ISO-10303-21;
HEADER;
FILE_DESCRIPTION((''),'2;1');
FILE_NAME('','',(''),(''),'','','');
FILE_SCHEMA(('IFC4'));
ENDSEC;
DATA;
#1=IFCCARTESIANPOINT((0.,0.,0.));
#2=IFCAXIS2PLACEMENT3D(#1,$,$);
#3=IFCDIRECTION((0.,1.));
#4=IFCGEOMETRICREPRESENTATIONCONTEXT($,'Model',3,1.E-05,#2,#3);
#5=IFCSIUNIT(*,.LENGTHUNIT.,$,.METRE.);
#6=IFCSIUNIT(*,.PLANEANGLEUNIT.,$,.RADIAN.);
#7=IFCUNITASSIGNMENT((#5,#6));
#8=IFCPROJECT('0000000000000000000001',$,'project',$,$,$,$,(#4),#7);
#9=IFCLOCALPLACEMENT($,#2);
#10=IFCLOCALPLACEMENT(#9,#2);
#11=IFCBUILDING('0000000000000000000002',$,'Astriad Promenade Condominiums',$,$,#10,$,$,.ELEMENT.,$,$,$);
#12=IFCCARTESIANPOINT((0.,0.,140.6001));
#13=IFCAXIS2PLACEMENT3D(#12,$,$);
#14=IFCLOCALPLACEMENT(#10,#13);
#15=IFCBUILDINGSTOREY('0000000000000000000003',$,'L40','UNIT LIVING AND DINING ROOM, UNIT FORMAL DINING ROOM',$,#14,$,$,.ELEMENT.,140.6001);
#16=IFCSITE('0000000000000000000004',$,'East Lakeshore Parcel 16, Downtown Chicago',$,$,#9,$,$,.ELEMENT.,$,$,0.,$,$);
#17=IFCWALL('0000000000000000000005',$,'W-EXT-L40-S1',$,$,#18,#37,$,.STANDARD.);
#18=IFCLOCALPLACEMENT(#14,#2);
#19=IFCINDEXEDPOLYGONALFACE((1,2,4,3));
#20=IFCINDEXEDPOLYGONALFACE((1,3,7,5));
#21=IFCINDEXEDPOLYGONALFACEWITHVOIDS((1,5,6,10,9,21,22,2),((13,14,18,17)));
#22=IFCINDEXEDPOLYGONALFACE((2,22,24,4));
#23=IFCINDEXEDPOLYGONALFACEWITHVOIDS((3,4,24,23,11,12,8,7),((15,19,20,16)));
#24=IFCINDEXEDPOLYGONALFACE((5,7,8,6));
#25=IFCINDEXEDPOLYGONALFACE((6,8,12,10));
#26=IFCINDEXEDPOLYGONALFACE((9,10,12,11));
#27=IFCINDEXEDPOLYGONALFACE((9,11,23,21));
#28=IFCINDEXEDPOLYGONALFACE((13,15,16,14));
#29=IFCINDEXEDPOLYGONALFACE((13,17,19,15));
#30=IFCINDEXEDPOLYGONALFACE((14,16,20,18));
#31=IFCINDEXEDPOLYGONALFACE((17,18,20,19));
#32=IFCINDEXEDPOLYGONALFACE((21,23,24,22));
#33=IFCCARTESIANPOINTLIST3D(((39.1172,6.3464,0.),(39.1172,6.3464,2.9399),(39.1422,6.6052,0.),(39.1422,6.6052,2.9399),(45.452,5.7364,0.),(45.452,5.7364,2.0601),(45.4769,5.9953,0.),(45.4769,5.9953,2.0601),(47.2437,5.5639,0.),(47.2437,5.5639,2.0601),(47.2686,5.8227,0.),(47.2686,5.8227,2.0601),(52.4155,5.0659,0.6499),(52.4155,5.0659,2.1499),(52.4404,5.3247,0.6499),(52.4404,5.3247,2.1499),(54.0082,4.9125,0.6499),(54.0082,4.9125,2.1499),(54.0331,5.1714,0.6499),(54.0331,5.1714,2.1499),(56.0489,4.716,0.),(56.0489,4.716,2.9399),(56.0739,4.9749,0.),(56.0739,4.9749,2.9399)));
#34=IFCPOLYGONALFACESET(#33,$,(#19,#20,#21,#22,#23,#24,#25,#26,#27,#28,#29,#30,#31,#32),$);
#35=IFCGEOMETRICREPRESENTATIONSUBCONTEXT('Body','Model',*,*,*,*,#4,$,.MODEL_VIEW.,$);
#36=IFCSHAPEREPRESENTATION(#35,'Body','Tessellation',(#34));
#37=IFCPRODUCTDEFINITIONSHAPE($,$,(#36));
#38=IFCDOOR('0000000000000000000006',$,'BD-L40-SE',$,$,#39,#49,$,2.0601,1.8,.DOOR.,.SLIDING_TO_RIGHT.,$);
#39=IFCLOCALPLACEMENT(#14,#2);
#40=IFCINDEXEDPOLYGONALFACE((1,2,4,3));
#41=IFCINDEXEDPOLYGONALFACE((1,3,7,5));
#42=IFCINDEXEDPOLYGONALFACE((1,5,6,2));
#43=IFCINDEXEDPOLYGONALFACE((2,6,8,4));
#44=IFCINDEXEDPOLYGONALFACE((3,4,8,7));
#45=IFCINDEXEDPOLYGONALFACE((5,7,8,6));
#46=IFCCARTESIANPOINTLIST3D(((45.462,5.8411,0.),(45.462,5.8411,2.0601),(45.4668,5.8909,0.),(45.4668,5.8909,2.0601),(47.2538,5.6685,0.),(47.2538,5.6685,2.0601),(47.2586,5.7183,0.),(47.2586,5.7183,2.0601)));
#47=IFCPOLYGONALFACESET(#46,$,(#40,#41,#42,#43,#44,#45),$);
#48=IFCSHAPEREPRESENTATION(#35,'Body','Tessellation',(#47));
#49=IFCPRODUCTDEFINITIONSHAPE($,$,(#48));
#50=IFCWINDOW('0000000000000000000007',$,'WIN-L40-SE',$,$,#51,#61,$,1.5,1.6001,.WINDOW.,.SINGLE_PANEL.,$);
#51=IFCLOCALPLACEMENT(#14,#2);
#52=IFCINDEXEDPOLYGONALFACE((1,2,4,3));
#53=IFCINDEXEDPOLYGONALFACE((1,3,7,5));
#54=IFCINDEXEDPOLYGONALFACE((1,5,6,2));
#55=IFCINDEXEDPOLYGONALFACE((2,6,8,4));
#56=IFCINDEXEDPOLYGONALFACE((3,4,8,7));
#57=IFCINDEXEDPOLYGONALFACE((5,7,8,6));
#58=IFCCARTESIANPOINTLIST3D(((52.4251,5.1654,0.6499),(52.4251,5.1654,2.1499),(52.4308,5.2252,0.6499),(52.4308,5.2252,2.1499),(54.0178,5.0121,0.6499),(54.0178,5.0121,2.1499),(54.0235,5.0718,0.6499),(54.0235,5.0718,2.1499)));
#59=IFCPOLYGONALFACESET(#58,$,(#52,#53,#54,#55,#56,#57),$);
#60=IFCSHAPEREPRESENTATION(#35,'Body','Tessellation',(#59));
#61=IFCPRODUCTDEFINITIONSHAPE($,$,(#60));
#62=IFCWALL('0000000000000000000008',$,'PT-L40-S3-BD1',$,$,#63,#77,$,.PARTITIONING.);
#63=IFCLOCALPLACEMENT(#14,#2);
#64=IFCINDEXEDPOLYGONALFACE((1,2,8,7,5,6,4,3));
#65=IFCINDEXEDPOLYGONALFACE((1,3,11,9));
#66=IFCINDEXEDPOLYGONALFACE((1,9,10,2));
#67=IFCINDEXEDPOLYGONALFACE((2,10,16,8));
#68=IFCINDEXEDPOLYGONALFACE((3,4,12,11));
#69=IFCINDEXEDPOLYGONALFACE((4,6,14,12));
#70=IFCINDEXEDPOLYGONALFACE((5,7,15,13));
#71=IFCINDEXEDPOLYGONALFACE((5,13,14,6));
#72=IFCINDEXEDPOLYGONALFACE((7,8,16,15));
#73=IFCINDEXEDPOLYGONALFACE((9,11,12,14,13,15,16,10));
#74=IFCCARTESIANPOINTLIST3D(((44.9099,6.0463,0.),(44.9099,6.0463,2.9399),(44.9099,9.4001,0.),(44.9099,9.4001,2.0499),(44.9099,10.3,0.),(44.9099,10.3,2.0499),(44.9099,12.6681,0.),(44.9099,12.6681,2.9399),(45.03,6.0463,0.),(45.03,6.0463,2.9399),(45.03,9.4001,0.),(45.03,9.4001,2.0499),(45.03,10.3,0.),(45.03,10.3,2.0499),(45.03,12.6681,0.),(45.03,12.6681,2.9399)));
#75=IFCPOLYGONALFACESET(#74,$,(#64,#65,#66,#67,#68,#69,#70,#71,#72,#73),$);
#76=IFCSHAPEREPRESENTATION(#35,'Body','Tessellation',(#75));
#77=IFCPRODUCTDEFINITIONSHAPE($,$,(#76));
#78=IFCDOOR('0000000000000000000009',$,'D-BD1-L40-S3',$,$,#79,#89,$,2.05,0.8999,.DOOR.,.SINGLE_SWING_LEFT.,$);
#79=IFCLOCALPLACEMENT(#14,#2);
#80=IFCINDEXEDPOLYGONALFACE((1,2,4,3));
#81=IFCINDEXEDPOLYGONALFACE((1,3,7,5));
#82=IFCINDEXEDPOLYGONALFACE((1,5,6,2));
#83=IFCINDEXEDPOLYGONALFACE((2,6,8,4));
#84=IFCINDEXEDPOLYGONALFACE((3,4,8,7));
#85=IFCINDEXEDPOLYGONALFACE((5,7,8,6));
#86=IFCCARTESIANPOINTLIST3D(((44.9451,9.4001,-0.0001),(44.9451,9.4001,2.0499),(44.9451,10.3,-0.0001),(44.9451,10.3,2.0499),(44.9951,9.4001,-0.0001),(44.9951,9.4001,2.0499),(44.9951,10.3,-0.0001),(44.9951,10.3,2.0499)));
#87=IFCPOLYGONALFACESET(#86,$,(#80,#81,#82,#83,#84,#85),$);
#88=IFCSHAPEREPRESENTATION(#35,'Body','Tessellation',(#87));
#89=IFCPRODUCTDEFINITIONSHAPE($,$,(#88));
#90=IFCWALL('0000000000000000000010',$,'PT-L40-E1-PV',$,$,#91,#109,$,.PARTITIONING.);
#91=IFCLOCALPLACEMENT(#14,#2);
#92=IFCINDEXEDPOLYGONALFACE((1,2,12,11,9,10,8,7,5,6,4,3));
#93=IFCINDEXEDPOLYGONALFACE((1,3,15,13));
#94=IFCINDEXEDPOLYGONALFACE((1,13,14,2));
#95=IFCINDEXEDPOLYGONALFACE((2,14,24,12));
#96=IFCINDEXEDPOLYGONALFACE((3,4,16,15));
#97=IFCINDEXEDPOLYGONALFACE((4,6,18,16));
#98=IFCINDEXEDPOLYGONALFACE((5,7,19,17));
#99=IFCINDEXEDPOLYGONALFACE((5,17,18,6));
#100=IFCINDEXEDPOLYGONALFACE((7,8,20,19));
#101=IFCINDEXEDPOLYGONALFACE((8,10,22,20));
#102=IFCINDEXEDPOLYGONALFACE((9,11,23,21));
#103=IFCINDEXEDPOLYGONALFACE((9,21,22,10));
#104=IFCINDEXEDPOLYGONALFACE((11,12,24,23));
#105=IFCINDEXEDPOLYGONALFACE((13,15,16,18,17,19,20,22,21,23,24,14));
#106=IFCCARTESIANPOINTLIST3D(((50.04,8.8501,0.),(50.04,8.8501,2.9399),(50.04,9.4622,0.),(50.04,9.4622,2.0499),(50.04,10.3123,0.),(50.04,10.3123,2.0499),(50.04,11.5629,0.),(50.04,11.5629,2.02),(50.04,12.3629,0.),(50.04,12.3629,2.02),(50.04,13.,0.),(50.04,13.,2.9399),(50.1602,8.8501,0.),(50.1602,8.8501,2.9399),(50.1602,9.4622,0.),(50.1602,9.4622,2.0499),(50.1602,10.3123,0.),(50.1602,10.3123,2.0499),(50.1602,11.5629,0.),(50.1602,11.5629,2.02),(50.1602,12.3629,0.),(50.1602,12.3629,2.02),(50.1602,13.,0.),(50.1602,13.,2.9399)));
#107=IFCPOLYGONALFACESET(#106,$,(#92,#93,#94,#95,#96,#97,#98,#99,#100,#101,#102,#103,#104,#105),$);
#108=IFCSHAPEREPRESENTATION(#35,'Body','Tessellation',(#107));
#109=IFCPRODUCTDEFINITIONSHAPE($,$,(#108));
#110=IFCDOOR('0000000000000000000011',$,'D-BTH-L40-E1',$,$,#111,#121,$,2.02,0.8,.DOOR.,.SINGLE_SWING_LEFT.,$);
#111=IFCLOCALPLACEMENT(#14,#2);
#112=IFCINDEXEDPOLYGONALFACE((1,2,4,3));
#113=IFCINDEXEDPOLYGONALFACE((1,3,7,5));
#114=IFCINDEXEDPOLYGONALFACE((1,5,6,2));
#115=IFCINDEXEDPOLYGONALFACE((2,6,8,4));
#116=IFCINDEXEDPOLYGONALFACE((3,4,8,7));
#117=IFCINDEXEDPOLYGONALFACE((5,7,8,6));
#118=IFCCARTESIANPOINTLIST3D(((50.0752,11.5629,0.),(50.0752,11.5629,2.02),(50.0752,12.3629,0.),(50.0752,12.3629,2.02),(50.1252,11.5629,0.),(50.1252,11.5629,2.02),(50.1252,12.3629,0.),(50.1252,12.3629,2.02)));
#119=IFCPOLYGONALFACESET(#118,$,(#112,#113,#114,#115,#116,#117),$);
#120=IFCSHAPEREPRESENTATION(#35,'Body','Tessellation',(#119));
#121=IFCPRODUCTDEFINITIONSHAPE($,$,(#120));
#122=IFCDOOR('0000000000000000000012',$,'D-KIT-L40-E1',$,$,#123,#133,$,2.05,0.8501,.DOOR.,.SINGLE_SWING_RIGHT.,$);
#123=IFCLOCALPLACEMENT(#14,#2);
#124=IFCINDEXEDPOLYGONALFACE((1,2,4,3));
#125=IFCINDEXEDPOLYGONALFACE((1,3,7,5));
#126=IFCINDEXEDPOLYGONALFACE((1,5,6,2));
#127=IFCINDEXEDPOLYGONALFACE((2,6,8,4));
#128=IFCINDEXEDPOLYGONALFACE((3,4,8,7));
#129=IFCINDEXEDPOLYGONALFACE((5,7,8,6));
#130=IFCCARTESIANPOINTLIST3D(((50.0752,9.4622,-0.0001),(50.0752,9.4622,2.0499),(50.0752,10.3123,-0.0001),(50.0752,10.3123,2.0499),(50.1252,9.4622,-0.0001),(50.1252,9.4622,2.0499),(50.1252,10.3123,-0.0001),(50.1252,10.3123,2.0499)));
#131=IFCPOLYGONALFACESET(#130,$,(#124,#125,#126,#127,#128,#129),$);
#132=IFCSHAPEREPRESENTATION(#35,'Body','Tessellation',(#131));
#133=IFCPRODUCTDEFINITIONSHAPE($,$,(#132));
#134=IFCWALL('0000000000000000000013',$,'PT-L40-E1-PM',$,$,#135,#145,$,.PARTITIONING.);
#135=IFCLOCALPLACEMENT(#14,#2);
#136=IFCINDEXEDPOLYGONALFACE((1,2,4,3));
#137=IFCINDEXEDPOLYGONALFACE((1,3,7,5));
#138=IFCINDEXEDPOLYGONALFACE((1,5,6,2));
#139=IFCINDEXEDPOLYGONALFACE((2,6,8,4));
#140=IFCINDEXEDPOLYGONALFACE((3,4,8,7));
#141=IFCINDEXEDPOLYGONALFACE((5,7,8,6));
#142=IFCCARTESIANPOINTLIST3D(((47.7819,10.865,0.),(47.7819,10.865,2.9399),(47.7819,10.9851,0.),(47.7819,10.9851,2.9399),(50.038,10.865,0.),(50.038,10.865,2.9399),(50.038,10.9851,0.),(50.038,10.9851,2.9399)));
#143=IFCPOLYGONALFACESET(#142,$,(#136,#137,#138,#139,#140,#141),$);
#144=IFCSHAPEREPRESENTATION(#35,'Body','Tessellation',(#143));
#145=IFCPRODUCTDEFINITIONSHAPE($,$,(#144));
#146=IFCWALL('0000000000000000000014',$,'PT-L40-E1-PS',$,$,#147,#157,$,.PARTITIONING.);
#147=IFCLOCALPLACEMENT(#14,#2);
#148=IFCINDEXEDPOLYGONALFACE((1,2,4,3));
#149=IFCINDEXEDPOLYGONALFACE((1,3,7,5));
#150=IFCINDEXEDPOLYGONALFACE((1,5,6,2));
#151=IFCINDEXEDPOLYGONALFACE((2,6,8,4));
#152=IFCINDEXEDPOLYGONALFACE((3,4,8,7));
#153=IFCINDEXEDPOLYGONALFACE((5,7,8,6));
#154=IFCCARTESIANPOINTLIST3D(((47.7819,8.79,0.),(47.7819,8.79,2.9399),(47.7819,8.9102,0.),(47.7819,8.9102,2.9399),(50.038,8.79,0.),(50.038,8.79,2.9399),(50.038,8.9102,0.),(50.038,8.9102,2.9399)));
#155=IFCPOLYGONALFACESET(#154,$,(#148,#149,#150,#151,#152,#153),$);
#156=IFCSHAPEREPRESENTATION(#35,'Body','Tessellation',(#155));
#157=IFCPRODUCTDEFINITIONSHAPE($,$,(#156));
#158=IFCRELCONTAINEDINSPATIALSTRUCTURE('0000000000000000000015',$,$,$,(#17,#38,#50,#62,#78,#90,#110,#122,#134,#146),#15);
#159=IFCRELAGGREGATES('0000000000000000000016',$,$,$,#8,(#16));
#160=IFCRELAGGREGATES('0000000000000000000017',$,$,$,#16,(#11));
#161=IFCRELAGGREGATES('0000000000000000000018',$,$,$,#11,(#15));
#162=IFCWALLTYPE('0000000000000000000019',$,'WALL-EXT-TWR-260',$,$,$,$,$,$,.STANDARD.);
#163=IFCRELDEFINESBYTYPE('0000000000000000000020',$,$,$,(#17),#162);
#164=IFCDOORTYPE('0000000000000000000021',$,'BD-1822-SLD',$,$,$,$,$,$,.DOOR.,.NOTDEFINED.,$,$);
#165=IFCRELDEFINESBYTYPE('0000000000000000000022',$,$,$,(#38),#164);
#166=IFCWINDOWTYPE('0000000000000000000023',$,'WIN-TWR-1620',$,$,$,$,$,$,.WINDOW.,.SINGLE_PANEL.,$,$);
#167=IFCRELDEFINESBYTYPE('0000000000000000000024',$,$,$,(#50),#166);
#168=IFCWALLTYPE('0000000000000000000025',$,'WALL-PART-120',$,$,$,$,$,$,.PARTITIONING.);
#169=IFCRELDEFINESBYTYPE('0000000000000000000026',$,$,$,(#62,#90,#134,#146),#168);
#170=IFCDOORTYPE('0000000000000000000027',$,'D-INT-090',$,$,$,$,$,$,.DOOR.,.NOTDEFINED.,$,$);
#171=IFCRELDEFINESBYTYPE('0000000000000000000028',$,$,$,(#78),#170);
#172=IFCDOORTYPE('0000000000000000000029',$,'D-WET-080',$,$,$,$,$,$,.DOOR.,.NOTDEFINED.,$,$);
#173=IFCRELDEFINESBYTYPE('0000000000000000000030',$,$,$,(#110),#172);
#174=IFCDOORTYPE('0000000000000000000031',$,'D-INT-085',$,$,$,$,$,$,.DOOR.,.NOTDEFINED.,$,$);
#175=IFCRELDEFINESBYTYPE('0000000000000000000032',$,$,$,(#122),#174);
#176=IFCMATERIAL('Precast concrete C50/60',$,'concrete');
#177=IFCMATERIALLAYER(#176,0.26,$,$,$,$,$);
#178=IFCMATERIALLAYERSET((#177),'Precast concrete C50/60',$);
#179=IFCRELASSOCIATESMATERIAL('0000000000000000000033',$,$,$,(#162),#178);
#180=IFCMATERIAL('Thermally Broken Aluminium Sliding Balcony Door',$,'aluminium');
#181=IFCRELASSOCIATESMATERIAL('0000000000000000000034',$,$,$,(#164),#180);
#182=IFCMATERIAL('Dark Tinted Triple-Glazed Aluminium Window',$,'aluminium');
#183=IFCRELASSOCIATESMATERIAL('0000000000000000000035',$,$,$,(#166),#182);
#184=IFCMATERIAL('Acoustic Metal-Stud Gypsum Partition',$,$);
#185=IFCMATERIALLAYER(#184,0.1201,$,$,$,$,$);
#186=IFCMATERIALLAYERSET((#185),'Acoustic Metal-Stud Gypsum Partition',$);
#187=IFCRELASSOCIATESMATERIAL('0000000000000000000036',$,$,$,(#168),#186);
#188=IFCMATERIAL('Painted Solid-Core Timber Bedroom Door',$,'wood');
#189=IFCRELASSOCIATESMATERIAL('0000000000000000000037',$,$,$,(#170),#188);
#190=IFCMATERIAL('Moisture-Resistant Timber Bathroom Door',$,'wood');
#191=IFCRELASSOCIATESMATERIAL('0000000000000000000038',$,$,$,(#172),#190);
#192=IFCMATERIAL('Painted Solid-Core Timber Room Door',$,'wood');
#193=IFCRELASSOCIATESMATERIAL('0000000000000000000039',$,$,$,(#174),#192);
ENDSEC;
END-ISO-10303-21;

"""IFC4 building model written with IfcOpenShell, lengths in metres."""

from ifc_helpers import new_model, si_unit, direction, frame, frame_2d, origin, place, context, subcontext, project, spatial, rectangle, extrude, source, transform, mapped, material, layer, layer_set, type_object, type_shapes, element, fill, save


model = new_model("IFC4")

# Units and contexts
model_context = context("Model", 3, precision=1e-05, world=origin(), true_north=direction((0.0, 1.0)))
body_context = subcontext(model_context, "Body", "Model", "MODEL_VIEW")
ifc_project = project(units=[si_unit("LENGTHUNIT", "METRE"), si_unit("PLANEANGLEUNIT", "RADIAN")], contexts=[model_context])

# Site, building, storey
site_placement = place(None, origin())
site = spatial("IfcSite", under=ifc_project, at=site_placement, Name="East Lakeshore Parcel 16, Downtown Chicago", CompositionType="ELEMENT", RefElevation=0.0)
building_placement = place(site_placement, origin())
building = spatial("IfcBuilding", under=site, at=building_placement, Name="Astriad Promenade Condominiums", CompositionType="ELEMENT")
storey_placement = place(building_placement, frame((0.0, 0.0, 140.6001)))
storey = spatial("IfcBuildingStorey", under=building, at=storey_placement, Name="L40", Description="UNIT LIVING AND DINING ROOM, UNIT FORMAL DINING ROOM", CompositionType="ELEMENT", Elevation=140.6001)

# Shared definitions
ifc_material_1 = material(Name="Precast concrete C50/60", Category="concrete")
ifc_layer_1 = layer(ifc_material_1, 0.26)
ifc_layer_set_1 = layer_set([ifc_layer_1], Name="Precast concrete C50/60")
wall_type_1 = type_object("IfcWallType", Name="WALL-EXT-TWR-260", PredefinedType="STANDARD", material=ifc_layer_set_1)

# Wall, openings, door, window
wall_1_placement = place(storey_placement, frame((56.0613, 4.8455, 0.0), z_axis=(0.0, 0.0, 1.0), x_axis=(-0.995396, 0.095848, 0.0)))
wall_1 = element("IfcWall", 1, at=wall_1_placement, inside=storey, type_object=wall_type_1, Name="W-EXT-L40-S1", PredefinedType="STANDARD", context=body_context, shape_type="SweptSolid", body=[
    extrude(rectangle(XDim=17.01, YDim=0.26, at=frame_2d((8.5049, 0.0))), origin(), (0.0, 0.0, 1.0), 2.9399),
])
opening_1_placement = place(wall_1_placement, frame((8.8459, 0.0, 0.0)))
opening_1 = element("IfcOpeningElement", 2, at=opening_1_placement, cuts=wall_1, PredefinedType="OPENING", context=body_context, shape_type="SweptSolid", body=[
    extrude(rectangle(XDim=1.8, YDim=2.0601, at=frame_2d((0.8999, 1.03))), frame((0.0, 0.1399, 0.0), z_axis=(0.0, -1.0, 0.0), x_axis=(1.0, 0.0, 0.0)), (0.0, 0.0, 1.0), 0.28),
])
opening_2_placement = place(wall_1_placement, frame((2.05, 0.0, 0.6499)))
opening_2 = element("IfcOpeningElement", 3, at=opening_2_placement, cuts=wall_1, PredefinedType="OPENING", context=body_context, shape_type="SweptSolid", body=[
    extrude(rectangle(XDim=1.6001, YDim=1.5, at=frame_2d((0.8, 0.75))), frame((0.0, 0.1399, 0.0), z_axis=(0.0, -1.0, 0.0), x_axis=(1.0, 0.0, 0.0)), (0.0, 0.0, 1.0), 0.28),
])
ifc_material_2 = material(Name="Thermally Broken Aluminium Sliding Balcony Door", Category="aluminium")
door_type_1 = type_object("IfcDoorType", Name="BD-1822-SLD", OperationType="NOTDEFINED", PredefinedType="DOOR", material=ifc_material_2)
shared_shape_1 = source(origin(), body_context, "Body", "SweptSolid", [
    extrude(rectangle(XDim=1.8, YDim=2.0601, at=frame_2d((0.8999, 1.03))), frame((0.0, 0.0249, 0.0), z_axis=(0.0, -1.0, 0.0), x_axis=(1.0, 0.0, 0.0)), (0.0, 0.0, 1.0), 0.05),
])
type_shapes(door_type_1, [shared_shape_1])
door_1_placement = place(opening_1_placement, origin())
door_1 = element("IfcDoor", 4, at=door_1_placement, inside=storey, type_object=door_type_1, Name="BD-L40-SE", OperationType="SLIDING_TO_RIGHT", OverallHeight=2.0601, OverallWidth=1.8, PredefinedType="DOOR", context=body_context, shape_type="MappedRepresentation", body=[
    mapped(shared_shape_1, transform((0.0, 0.0, 0.0), scale=1.0)),
])
fill(opening_1, door_1)
ifc_material_3 = material(Name="Dark Tinted Triple-Glazed Aluminium Window", Category="aluminium")
window_type = type_object("IfcWindowType", Name="WIN-TWR-1620", PartitioningType="SINGLE_PANEL", PredefinedType="WINDOW", material=ifc_material_3)
shared_shape_2 = source(origin(), body_context, "Body", "SweptSolid", [
    extrude(rectangle(XDim=1.6001, YDim=1.5, at=frame_2d((0.8, 0.75))), frame((0.0, 0.03, 0.0), z_axis=(0.0, -1.0, 0.0), x_axis=(1.0, 0.0, 0.0)), (0.0, 0.0, 1.0), 0.0601),
])
type_shapes(window_type, [shared_shape_2])
window_placement = place(opening_2_placement, origin())
window = element("IfcWindow", 5, at=window_placement, inside=storey, type_object=window_type, Name="WIN-L40-SE", OverallHeight=1.5, OverallWidth=1.6001, PartitioningType="SINGLE_PANEL", PredefinedType="WINDOW", context=body_context, shape_type="MappedRepresentation", body=[
    mapped(shared_shape_2, transform((0.0, 0.0, 0.0), scale=1.0)),
])
fill(opening_2, window)

# Wall, opening, door
ifc_material_4 = material(Name="Acoustic Metal-Stud Gypsum Partition")
ifc_layer_2 = layer(ifc_material_4, 0.1201)
ifc_layer_set_2 = layer_set([ifc_layer_2], Name="Acoustic Metal-Stud Gypsum Partition")
wall_type_2 = type_object("IfcWallType", Name="WALL-PART-120", PredefinedType="PARTITIONING", material=ifc_layer_set_2)
wall_2_placement = place(storey_placement, frame((44.97, 6.0461, 0.0), z_axis=(0.0, 0.0, 1.0), x_axis=(0.0, 1.0, 0.0)))
wall_2 = element("IfcWall", 6, at=wall_2_placement, inside=storey, type_object=wall_type_2, Name="PT-L40-S3-BD1", PredefinedType="PARTITIONING", context=body_context, shape_type="SweptSolid", body=[
    extrude(rectangle(XDim=6.6218, YDim=0.1201, at=frame_2d((3.311, 0.0))), origin(), (0.0, 0.0, 1.0), 2.9399),
])
opening_3_placement = place(wall_2_placement, frame((3.354, 0.0, 0.0)))
opening_3 = element("IfcOpeningElement", 7, at=opening_3_placement, cuts=wall_2, PredefinedType="OPENING", context=body_context, shape_type="SweptSolid", body=[
    extrude(rectangle(XDim=0.8999, YDim=2.05, at=frame_2d((0.45, 1.0249))), frame((0.0, 0.0701, 0.0), z_axis=(0.0, -1.0, 0.0), x_axis=(1.0, 0.0, 0.0)), (0.0, 0.0, 1.0), 0.1401),
])
ifc_material_5 = material(Name="Painted Solid-Core Timber Bedroom Door", Category="wood")
door_type_2 = type_object("IfcDoorType", Name="D-INT-090", OperationType="NOTDEFINED", PredefinedType="DOOR", material=ifc_material_5)
shared_shape_3 = source(origin(), body_context, "Body", "SweptSolid", [
    extrude(rectangle(XDim=0.8999, YDim=2.05, at=frame_2d((0.45, 1.0249))), frame((0.0, 0.0249, 0.0), z_axis=(0.0, -1.0, 0.0), x_axis=(1.0, 0.0, 0.0)), (0.0, 0.0, 1.0), 0.05),
])
type_shapes(door_type_2, [shared_shape_3])
door_2_placement = place(opening_3_placement, origin())
door_2 = element("IfcDoor", 8, at=door_2_placement, inside=storey, type_object=door_type_2, Name="D-BD1-L40-S3", OperationType="SINGLE_SWING_LEFT", OverallHeight=2.05, OverallWidth=0.8999, PredefinedType="DOOR", context=body_context, shape_type="MappedRepresentation", body=[
    mapped(shared_shape_3, transform((0.0, 0.0, 0.0), scale=1.0)),
])
fill(opening_3, door_2)

# Wall, openings, doors
wall_3_placement = place(storey_placement, frame((50.1001, 8.8501, 0.0), z_axis=(0.0, 0.0, 1.0), x_axis=(0.0, 1.0, 0.0)))
wall_3 = element("IfcWall", 9, at=wall_3_placement, inside=storey, type_object=wall_type_2, Name="PT-L40-E1-PV", PredefinedType="PARTITIONING", context=body_context, shape_type="SweptSolid", body=[
    extrude(rectangle(XDim=4.1499, YDim=0.1201, at=frame_2d((2.075, 0.0))), origin(), (0.0, 0.0, 1.0), 2.9399),
])
opening_4_placement = place(wall_3_placement, frame((0.6121, 0.0, 0.0)))
opening_4 = element("IfcOpeningElement", 10, at=opening_4_placement, cuts=wall_3, PredefinedType="OPENING", context=body_context, shape_type="SweptSolid", body=[
    extrude(rectangle(XDim=0.8501, YDim=2.05, at=frame_2d((0.425, 1.0249))), frame((0.0, 0.0701, 0.0), z_axis=(0.0, -1.0, 0.0), x_axis=(1.0, 0.0, 0.0)), (0.0, 0.0, 1.0), 0.1401),
])
opening_5_placement = place(wall_3_placement, frame((2.7129, 0.0, 0.0)))
opening_5 = element("IfcOpeningElement", 11, at=opening_5_placement, cuts=wall_3, PredefinedType="OPENING", context=body_context, shape_type="SweptSolid", body=[
    extrude(rectangle(XDim=0.8, YDim=2.02, at=frame_2d((0.3999, 1.01))), frame((0.0, 0.0701, 0.0), z_axis=(0.0, -1.0, 0.0), x_axis=(1.0, 0.0, 0.0)), (0.0, 0.0, 1.0), 0.1401),
])
ifc_material_6 = material(Name="Moisture-Resistant Timber Bathroom Door", Category="wood")
door_type_3 = type_object("IfcDoorType", Name="D-WET-080", OperationType="NOTDEFINED", PredefinedType="DOOR", material=ifc_material_6)
shared_shape_4 = source(origin(), body_context, "Body", "SweptSolid", [
    extrude(rectangle(XDim=0.8, YDim=2.02, at=frame_2d((0.3999, 1.01))), frame((0.0, 0.0249, 0.0), z_axis=(0.0, -1.0, 0.0), x_axis=(1.0, 0.0, 0.0)), (0.0, 0.0, 1.0), 0.05),
])
type_shapes(door_type_3, [shared_shape_4])
door_3_placement = place(opening_5_placement, origin())
door_3 = element("IfcDoor", 12, at=door_3_placement, inside=storey, type_object=door_type_3, Name="D-BTH-L40-E1", OperationType="SINGLE_SWING_LEFT", OverallHeight=2.02, OverallWidth=0.8, PredefinedType="DOOR", context=body_context, shape_type="MappedRepresentation", body=[
    mapped(shared_shape_4, transform((0.0, 0.0, 0.0), scale=1.0)),
])
fill(opening_5, door_3)
ifc_material_7 = material(Name="Painted Solid-Core Timber Room Door", Category="wood")
door_type_4 = type_object("IfcDoorType", Name="D-INT-085", OperationType="NOTDEFINED", PredefinedType="DOOR", material=ifc_material_7)
shared_shape_5 = source(origin(), body_context, "Body", "SweptSolid", [
    extrude(rectangle(XDim=0.8501, YDim=2.05, at=frame_2d((0.425, 1.0249))), frame((0.0, 0.0249, 0.0), z_axis=(0.0, -1.0, 0.0), x_axis=(1.0, 0.0, 0.0)), (0.0, 0.0, 1.0), 0.05),
])
type_shapes(door_type_4, [shared_shape_5])
door_4_placement = place(opening_4_placement, origin())
door_4 = element("IfcDoor", 13, at=door_4_placement, inside=storey, type_object=door_type_4, Name="D-KIT-L40-E1", OperationType="SINGLE_SWING_RIGHT", OverallHeight=2.05, OverallWidth=0.8501, PredefinedType="DOOR", context=body_context, shape_type="MappedRepresentation", body=[
    mapped(shared_shape_5, transform((0.0, 0.0, 0.0), scale=1.0)),
])
fill(opening_4, door_4)

# Walls
for number, where, z_axis, x_axis, name in (
    (14, (47.782, 10.925, 0.0), (0.0, 0.0, 1.0), (1.0, 0.0, 0.0), "PT-L40-E1-PM"),
    (15, (47.782, 8.8501, 0.0), (0.0, 0.0, 1.0), (1.0, 0.0, 0.0), "PT-L40-E1-PS"),
):
    element("IfcWall", number, at=place(storey_placement, frame(where, z_axis=z_axis, x_axis=x_axis)), inside=storey, type_object=wall_type_2, Name=name, PredefinedType="PARTITIONING", context=body_context, shape_type="SweptSolid", body=[
        extrude(rectangle(XDim=2.2561, YDim=0.1201, at=frame_2d((1.1279, 0.0))), origin(), (0.0, 0.0, 1.0), 2.9399),
    ])

save(model, "model.ifc")
